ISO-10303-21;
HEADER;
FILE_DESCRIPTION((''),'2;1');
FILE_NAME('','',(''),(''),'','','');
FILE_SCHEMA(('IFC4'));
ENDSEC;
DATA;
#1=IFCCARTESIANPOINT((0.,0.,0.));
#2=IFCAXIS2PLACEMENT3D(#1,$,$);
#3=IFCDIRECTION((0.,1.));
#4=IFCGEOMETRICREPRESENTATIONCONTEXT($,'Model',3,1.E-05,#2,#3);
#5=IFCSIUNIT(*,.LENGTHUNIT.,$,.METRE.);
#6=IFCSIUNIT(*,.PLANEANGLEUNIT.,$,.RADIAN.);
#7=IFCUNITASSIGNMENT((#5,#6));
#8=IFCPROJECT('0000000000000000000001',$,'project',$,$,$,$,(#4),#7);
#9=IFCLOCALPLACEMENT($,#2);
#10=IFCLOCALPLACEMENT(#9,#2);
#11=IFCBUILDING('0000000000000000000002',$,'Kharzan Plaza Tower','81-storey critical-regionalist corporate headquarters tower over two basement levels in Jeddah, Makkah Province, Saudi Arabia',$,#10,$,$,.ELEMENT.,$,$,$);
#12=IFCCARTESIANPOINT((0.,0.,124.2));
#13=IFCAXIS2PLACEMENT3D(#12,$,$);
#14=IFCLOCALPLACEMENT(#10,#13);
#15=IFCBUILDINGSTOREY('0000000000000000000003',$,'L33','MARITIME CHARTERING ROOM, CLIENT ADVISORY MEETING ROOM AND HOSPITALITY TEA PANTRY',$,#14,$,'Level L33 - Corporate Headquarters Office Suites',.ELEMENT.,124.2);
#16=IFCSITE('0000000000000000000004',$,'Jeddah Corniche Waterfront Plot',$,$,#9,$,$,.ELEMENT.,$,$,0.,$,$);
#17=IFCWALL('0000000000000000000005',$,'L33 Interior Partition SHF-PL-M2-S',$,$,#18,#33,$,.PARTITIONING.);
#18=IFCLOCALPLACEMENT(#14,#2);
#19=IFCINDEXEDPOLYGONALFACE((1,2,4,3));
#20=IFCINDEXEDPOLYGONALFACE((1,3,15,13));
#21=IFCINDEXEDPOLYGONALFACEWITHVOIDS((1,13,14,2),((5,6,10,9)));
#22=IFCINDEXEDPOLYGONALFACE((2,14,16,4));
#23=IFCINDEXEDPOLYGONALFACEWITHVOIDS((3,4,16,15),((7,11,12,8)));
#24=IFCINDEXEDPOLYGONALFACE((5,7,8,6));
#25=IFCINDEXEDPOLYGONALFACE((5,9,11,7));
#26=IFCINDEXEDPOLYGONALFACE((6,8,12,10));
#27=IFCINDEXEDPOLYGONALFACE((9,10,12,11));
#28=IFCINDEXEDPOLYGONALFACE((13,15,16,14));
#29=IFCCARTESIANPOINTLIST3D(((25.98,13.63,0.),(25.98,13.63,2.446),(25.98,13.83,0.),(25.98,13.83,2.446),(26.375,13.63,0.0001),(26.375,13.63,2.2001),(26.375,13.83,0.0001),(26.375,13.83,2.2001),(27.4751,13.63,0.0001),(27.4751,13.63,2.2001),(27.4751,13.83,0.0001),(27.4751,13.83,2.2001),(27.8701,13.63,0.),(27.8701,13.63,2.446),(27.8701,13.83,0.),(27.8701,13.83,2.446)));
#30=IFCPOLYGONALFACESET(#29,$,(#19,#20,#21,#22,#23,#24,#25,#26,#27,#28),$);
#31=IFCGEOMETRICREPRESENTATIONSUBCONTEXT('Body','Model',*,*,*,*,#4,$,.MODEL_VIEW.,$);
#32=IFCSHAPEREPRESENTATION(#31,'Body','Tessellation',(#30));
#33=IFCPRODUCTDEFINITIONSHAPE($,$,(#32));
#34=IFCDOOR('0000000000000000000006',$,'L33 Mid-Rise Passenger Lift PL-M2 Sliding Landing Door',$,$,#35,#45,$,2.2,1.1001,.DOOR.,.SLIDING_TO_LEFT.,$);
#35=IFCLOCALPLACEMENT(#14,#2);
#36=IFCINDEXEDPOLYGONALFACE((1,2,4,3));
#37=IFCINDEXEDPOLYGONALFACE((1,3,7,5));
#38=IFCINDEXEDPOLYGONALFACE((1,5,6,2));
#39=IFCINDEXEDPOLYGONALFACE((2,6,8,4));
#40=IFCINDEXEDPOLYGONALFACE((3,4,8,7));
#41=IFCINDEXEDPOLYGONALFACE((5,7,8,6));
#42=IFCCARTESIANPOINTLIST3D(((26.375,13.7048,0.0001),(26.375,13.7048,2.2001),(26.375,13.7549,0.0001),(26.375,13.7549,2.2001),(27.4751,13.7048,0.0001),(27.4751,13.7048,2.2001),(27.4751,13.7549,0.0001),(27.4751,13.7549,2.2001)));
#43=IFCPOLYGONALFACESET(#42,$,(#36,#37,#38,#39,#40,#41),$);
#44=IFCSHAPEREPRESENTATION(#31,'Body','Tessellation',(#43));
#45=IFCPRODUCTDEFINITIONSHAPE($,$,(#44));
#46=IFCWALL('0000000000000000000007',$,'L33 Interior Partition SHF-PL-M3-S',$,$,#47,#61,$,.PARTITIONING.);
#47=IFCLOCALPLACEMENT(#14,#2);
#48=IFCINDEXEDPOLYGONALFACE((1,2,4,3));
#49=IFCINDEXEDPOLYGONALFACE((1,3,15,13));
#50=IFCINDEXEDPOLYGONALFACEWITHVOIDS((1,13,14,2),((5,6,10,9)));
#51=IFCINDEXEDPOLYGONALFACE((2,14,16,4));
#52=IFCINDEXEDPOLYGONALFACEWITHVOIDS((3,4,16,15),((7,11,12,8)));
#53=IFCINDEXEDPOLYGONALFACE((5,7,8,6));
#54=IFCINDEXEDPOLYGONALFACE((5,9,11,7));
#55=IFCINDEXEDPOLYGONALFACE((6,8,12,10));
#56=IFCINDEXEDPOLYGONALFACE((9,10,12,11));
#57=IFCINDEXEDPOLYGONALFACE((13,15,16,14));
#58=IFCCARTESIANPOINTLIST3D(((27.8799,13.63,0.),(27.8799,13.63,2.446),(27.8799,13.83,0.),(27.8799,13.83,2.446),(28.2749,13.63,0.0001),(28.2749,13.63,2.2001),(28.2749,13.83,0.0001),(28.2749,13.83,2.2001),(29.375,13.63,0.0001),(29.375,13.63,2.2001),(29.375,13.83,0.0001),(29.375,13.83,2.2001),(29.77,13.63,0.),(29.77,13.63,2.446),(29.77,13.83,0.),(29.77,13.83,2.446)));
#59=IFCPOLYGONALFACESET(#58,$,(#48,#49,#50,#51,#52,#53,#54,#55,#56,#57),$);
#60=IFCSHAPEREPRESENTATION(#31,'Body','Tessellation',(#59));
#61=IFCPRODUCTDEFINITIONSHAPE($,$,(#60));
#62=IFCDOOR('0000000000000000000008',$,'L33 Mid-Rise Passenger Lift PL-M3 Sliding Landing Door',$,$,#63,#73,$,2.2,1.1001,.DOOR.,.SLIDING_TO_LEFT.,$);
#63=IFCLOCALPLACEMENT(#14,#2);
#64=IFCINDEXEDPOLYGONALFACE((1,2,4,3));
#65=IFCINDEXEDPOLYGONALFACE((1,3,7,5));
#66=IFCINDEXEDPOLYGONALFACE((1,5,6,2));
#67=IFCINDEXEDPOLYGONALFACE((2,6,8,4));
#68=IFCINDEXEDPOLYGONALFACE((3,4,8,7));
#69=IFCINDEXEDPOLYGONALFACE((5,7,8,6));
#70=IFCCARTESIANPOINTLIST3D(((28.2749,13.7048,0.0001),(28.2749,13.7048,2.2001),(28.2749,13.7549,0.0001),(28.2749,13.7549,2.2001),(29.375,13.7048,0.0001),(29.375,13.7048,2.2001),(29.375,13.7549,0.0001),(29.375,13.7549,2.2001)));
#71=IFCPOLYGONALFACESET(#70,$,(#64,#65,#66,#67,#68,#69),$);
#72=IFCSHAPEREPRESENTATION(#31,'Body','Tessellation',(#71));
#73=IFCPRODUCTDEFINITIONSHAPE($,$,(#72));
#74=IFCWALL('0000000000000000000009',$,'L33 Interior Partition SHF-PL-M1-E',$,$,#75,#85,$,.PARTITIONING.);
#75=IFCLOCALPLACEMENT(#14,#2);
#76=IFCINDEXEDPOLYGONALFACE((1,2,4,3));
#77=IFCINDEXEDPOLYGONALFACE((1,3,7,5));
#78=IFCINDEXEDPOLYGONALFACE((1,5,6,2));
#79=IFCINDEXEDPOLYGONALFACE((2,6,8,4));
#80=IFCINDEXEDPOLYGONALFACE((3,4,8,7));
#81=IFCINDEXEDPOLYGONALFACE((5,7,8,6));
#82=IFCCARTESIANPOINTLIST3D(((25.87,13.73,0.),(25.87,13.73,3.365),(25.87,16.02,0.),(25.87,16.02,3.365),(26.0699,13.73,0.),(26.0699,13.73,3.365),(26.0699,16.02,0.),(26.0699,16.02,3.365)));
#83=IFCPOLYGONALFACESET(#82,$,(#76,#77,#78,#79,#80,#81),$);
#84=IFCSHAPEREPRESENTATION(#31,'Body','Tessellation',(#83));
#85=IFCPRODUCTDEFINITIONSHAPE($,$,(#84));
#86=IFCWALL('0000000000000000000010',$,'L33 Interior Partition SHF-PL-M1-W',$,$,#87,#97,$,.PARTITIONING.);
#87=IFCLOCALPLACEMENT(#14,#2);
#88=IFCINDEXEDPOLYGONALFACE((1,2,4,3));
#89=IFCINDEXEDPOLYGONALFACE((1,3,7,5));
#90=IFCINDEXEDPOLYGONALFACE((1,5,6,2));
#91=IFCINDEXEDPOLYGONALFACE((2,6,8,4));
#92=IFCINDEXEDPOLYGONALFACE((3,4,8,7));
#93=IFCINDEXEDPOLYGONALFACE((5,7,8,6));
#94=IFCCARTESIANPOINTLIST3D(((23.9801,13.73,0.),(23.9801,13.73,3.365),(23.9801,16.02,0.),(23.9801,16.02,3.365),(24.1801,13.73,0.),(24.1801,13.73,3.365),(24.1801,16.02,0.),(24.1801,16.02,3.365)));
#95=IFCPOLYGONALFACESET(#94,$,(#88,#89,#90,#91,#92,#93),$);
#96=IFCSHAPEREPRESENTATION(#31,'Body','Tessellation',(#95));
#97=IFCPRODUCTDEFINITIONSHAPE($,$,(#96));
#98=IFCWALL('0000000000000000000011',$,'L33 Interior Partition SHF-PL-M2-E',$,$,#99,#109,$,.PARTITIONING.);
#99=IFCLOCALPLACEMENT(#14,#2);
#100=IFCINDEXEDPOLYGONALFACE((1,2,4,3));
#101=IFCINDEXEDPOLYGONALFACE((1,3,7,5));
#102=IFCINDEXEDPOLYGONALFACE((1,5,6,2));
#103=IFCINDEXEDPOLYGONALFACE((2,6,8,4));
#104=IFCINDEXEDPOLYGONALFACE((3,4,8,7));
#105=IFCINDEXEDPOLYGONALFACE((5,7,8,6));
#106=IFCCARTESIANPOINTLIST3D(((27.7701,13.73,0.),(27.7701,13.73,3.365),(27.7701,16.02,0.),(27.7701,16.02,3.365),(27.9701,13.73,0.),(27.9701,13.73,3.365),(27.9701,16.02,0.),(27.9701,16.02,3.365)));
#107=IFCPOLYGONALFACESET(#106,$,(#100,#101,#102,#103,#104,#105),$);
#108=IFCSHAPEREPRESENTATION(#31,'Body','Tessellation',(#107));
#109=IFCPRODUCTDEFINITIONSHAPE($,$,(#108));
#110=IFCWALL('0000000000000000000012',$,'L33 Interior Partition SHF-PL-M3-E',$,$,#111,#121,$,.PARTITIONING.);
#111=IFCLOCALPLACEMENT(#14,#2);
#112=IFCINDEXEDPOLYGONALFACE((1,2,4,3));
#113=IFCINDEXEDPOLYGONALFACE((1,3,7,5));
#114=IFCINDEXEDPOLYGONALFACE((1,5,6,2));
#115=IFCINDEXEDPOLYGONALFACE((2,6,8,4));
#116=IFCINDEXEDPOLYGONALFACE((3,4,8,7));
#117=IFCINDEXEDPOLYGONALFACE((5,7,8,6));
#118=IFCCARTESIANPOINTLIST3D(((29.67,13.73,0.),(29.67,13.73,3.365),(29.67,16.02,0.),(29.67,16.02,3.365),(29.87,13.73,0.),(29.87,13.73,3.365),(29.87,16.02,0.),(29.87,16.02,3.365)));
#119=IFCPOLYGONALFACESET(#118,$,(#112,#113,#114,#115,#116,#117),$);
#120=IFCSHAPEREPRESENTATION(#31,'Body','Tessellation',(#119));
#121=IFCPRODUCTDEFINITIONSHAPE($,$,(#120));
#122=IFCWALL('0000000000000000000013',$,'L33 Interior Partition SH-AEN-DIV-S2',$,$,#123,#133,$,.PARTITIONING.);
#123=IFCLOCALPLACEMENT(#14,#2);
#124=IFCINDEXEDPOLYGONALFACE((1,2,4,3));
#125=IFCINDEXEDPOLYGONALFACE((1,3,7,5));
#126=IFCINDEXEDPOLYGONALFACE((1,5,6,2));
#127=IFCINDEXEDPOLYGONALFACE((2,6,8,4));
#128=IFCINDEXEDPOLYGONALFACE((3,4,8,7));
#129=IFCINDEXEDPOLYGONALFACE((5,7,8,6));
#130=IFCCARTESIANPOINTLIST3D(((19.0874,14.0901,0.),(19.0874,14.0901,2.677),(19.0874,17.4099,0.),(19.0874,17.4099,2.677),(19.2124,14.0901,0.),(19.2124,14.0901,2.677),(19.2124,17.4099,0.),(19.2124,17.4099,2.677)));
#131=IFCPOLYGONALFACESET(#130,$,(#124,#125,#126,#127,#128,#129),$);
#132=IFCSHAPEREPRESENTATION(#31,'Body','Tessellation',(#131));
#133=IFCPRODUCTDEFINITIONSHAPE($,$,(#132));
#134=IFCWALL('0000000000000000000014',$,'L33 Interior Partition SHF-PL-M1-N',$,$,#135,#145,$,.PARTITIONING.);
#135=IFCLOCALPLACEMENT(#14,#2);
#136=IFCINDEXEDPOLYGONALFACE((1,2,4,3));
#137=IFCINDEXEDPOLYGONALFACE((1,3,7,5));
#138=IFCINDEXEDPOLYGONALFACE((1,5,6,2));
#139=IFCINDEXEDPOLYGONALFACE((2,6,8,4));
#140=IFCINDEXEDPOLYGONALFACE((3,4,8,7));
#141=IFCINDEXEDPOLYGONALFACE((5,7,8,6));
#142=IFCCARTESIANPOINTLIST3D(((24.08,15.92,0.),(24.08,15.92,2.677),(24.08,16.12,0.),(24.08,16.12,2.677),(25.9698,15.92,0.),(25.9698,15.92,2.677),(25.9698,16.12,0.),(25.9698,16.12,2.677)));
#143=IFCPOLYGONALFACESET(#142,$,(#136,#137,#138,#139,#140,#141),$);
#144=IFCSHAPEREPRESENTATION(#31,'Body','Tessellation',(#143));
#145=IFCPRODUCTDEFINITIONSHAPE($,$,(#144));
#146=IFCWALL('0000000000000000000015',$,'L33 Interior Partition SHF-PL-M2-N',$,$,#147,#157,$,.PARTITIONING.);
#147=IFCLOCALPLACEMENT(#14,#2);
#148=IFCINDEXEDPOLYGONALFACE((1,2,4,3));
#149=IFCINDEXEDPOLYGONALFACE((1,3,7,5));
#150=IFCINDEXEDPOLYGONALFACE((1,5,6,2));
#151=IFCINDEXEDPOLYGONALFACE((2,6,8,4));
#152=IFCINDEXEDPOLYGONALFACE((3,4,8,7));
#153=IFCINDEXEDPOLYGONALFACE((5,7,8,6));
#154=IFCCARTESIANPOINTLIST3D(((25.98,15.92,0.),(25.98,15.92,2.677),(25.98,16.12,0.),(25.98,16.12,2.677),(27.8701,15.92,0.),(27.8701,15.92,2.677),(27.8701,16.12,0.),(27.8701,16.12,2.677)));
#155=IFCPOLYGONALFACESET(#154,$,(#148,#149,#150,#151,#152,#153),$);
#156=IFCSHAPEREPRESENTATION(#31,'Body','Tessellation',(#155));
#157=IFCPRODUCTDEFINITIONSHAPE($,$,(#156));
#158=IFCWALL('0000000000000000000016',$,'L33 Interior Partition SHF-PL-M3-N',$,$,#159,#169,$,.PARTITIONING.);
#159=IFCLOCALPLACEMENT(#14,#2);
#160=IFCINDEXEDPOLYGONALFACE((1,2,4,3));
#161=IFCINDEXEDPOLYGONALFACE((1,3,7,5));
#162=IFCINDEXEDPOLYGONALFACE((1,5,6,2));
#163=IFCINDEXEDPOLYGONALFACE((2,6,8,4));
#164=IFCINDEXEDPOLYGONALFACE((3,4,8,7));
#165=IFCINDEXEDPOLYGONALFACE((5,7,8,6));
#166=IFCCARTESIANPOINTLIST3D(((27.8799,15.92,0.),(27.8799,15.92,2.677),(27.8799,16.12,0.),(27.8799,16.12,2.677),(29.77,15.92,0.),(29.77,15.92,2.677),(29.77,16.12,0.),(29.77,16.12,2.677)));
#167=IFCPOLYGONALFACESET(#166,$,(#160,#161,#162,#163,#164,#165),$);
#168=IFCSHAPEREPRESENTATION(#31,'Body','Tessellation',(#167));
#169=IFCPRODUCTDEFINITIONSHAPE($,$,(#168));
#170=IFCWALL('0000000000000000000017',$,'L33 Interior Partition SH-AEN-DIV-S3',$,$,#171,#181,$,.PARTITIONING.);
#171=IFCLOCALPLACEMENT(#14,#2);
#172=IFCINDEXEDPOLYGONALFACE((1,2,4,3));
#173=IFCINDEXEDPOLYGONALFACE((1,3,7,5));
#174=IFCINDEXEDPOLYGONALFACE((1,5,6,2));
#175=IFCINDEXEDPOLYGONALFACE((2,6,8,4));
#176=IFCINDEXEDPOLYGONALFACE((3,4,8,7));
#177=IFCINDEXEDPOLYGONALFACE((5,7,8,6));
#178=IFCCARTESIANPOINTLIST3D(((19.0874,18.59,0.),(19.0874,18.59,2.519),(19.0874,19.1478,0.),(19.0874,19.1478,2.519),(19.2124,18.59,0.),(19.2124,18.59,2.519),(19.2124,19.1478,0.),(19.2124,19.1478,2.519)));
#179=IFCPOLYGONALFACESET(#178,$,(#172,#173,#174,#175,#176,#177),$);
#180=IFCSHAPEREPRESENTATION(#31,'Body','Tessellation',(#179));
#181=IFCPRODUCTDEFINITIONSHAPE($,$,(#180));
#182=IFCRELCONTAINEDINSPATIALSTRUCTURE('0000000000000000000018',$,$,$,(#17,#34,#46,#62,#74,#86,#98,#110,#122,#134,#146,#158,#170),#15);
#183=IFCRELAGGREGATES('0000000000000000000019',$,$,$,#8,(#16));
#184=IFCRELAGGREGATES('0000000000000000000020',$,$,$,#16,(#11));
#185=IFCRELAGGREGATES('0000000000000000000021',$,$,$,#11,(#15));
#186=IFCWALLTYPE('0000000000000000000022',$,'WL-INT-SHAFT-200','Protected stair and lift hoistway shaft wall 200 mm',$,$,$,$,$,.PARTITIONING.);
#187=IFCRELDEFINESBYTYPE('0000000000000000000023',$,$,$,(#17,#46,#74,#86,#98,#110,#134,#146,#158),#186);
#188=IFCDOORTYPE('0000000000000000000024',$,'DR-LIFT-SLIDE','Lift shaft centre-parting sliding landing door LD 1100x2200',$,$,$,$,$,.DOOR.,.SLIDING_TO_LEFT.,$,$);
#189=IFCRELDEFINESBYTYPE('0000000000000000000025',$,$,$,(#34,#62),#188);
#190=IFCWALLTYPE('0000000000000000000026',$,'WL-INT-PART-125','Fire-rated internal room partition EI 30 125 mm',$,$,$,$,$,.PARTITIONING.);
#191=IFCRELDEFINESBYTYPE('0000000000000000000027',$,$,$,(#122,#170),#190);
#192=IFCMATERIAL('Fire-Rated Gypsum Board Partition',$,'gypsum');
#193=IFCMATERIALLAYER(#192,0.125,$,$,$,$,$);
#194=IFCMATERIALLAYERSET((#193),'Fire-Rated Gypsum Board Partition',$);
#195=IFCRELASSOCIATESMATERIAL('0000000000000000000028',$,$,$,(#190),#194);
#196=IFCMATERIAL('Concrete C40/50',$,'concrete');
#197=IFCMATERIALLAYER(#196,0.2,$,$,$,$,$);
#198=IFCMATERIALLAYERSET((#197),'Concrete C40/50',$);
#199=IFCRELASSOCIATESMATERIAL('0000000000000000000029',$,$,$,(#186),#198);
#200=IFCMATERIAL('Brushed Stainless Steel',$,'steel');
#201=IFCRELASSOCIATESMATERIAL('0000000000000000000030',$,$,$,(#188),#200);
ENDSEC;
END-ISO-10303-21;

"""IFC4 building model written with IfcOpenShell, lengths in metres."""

from ifc_helpers import new_model, si_unit, direction, frame, frame_2d, origin, place, context, subcontext, project, spatial, rectangle, extrude, source, transform, mapped, material, layer, layer_set, type_object, element, fill, save


model = new_model("IFC4")

# Units and contexts
model_context = context("Model", 3, precision=1e-05, world=origin(), true_north=direction((0.0, 1.0)))
body_context = subcontext(model_context, "Body", "Model", "MODEL_VIEW")
ifc_project = project(units=[si_unit("LENGTHUNIT", "METRE"), si_unit("PLANEANGLEUNIT", "RADIAN")], contexts=[model_context])

# Site, building, storey
site_placement = place(None, origin())
site = spatial("IfcSite", under=ifc_project, at=site_placement, Name="Jeddah Corniche Waterfront Plot", CompositionType="ELEMENT", RefElevation=0.0)
building_placement = place(site_placement, origin())
building = spatial("IfcBuilding", under=site, at=building_placement, Name="Kharzan Plaza Tower", Description="81-storey critical-regionalist corporate headquarters tower over two basement levels in Jeddah, Makkah Province, Saudi Arabia", CompositionType="ELEMENT")
storey_placement = place(building_placement, frame((0.0, 0.0, 124.2)))
storey = spatial("IfcBuildingStorey", under=building, at=storey_placement, Name="L33", Description="MARITIME CHARTERING ROOM, CLIENT ADVISORY MEETING ROOM AND HOSPITALITY TEA PANTRY", LongName="Level L33 - Corporate Headquarters Office Suites", CompositionType="ELEMENT", Elevation=124.2)

# Shared definitions
ifc_material_1 = material(Name="Concrete C40/50", Category="concrete")

# Walls, openings, doors
ifc_material_2 = material(Name="Fire-Rated Gypsum Board Partition", Category="gypsum")
ifc_layer_1 = layer(ifc_material_2, 0.125)
ifc_layer_set_1 = layer_set([ifc_layer_1], Name="Fire-Rated Gypsum Board Partition")
wall_type_1 = type_object("IfcWallType", Name="WL-INT-PART-125", Description="Fire-rated internal room partition EI 30 125 mm", PredefinedType="PARTITIONING", material=ifc_layer_set_1)
ifc_layer_2 = layer(ifc_material_1, 0.2)
ifc_layer_set_2 = layer_set([ifc_layer_2], Name="Concrete C40/50")
wall_type_2 = type_object("IfcWallType", Name="WL-INT-SHAFT-200", Description="Protected stair and lift hoistway shaft wall 200 mm", PredefinedType="PARTITIONING", material=ifc_layer_set_2)
ifc_material_3 = material(Name="Brushed Stainless Steel", Category="steel")
door_type_1 = type_object("IfcDoorType", Name="DR-LIFT-SLIDE", Description="Lift shaft centre-parting sliding landing door LD 1100x2200", OperationType="SLIDING_TO_LEFT", PredefinedType="DOOR", material=ifc_material_3)
shared_shape_1 = source(origin(), body_context, "Body", "SweptSolid", [
    extrude(rectangle(XDim=1.1001, YDim=2.2, at=frame_2d((0.55, 1.1001))), frame((0.0, 0.0249, 0.0), z_axis=(0.0, -1.0, 0.0), x_axis=(1.0, 0.0, 0.0)), (0.0, 0.0, 1.0), 0.05),
])
wall_1_placement = place(storey_placement, frame((25.98, 13.73, 0.0), z_axis=(0.0, 0.0, 1.0), x_axis=(1.0, 0.0, 0.0)))
wall_1 = element("IfcWall", 1, at=wall_1_placement, inside=storey, type_object=wall_type_2, Name="L33 Interior Partition SHF-PL-M2-S", PredefinedType="PARTITIONING", context=body_context, shape_type="SweptSolid", body=[
    extrude(rectangle(XDim=1.8901, YDim=0.2, at=frame_2d((0.9451, 0.0))), origin(), (0.0, 0.0, 1.0), 2.446),
])
opening_1_placement = place(wall_1_placement, frame((0.395, 0.0, 0.0)))
opening_1 = element("IfcOpeningElement", 2, at=opening_1_placement, cuts=wall_1, PredefinedType="OPENING", context=body_context, shape_type="SweptSolid", body=[
    extrude(rectangle(XDim=1.1001, YDim=2.2, at=frame_2d((0.55, 1.1001))), frame((0.0, 0.1099, 0.0), z_axis=(0.0, -1.0, 0.0), x_axis=(1.0, 0.0, 0.0)), (0.0, 0.0, 1.0), 0.22),
])
door_1_placement = place(opening_1_placement, origin())
door_1 = element("IfcDoor", 3, at=door_1_placement, inside=storey, type_object=door_type_1, Name="L33 Mid-Rise Passenger Lift PL-M2 Sliding Landing Door", OperationType="SLIDING_TO_LEFT", OverallHeight=2.2, OverallWidth=1.1001, PredefinedType="DOOR", context=body_context, shape_type="MappedRepresentation", body=[
    mapped(shared_shape_1, transform((0.0, 0.0, 0.0), x_axis=(1.0, 0.0, 0.0), y_axis=(0.0, 1.0, 0.0), z_axis=(0.0, 0.0, 1.0))),
])
fill(opening_1, door_1)
wall_2_placement = place(storey_placement, frame((27.8799, 13.73, 0.0), z_axis=(0.0, 0.0, 1.0), x_axis=(1.0, 0.0, 0.0)))
wall_2 = element("IfcWall", 4, at=wall_2_placement, inside=storey, type_object=wall_type_2, Name="L33 Interior Partition SHF-PL-M3-S", PredefinedType="PARTITIONING", context=body_context, shape_type="SweptSolid", body=[
    extrude(rectangle(XDim=1.8901, YDim=0.2, at=frame_2d((0.9451, 0.0))), origin(), (0.0, 0.0, 1.0), 2.446),
])
opening_2_placement = place(wall_2_placement, frame((0.395, 0.0, 0.0)))
opening_2 = element("IfcOpeningElement", 5, at=opening_2_placement, cuts=wall_2, PredefinedType="OPENING", context=body_context, shape_type="SweptSolid", body=[
    extrude(rectangle(XDim=1.1001, YDim=2.2, at=frame_2d((0.55, 1.1001))), frame((0.0, 0.1099, 0.0), z_axis=(0.0, -1.0, 0.0), x_axis=(1.0, 0.0, 0.0)), (0.0, 0.0, 1.0), 0.22),
])
door_2_placement = place(opening_2_placement, origin())
door_2 = element("IfcDoor", 6, at=door_2_placement, inside=storey, type_object=door_type_1, Name="L33 Mid-Rise Passenger Lift PL-M3 Sliding Landing Door", OperationType="SLIDING_TO_LEFT", OverallHeight=2.2, OverallWidth=1.1001, PredefinedType="DOOR", context=body_context, shape_type="MappedRepresentation", body=[
    mapped(shared_shape_1, transform((0.0, 0.0, 0.0), x_axis=(1.0, 0.0, 0.0), y_axis=(0.0, 1.0, 0.0), z_axis=(0.0, 0.0, 1.0))),
])
fill(opening_2, door_2)

# Walls
shared_shape_2 = source(origin(), body_context, "Body", "SweptSolid", [
    extrude(rectangle(XDim=2.29, YDim=0.2, at=frame_2d((1.145, 0.0))), origin(), (0.0, 0.0, 1.0), 3.365),
])
for number, where, z_axis, x_axis, name in (
    (7, (25.97, 13.73, 0.0), (0.0, 0.0, 1.0), (0.0, 1.0, 0.0), "L33 Interior Partition SHF-PL-M1-E"),
    (8, (24.0801, 13.73, 0.0), (0.0, 0.0, 1.0), (0.0, 1.0, 0.0), "L33 Interior Partition SHF-PL-M1-W"),
    (9, (27.8701, 13.73, 0.0), (0.0, 0.0, 1.0), (0.0, 1.0, 0.0), "L33 Interior Partition SHF-PL-M2-E"),
    (10, (29.77, 13.73, 0.0), (0.0, 0.0, 1.0), (0.0, 1.0, 0.0), "L33 Interior Partition SHF-PL-M3-E"),
):
    element("IfcWall", number, at=place(storey_placement, frame(where, z_axis=z_axis, x_axis=x_axis)), inside=storey, type_object=wall_type_2, Name=name, PredefinedType="PARTITIONING", context=body_context, shape_type="MappedRepresentation", body=[
        mapped(shared_shape_2, transform((0.0, 0.0, 0.0), x_axis=(1.0, 0.0, 0.0), y_axis=(0.0, 1.0, 0.0), z_axis=(0.0, 0.0, 1.0))),
    ])
shared_shape_3 = source(origin(), body_context, "Body", "SweptSolid", [
    extrude(rectangle(XDim=3.3198, YDim=0.125, at=frame_2d((1.6599, 0.0))), origin(), (0.0, 0.0, 1.0), 2.677),
])
wall_3_placement = place(storey_placement, frame((19.1499, 14.0901, 0.0), z_axis=(0.0, 0.0, 1.0), x_axis=(0.0, 1.0, 0.0)))
element("IfcWall", 11, at=wall_3_placement, inside=storey, type_object=wall_type_1, Name="L33 Interior Partition SH-AEN-DIV-S2", PredefinedType="PARTITIONING", context=body_context, shape_type="MappedRepresentation", body=[
    mapped(shared_shape_3, transform((0.0, 0.0, 0.0), x_axis=(1.0, 0.0, 0.0), y_axis=(0.0, 1.0, 0.0), z_axis=(0.0, 0.0, 1.0))),
])
shared_shape_4 = source(origin(), body_context, "Body", "SweptSolid", [
    extrude(rectangle(XDim=1.8899, YDim=0.2, at=frame_2d((0.9448, 0.0))), origin(), (0.0, 0.0, 1.0), 2.677),
])
wall_4_placement = place(storey_placement, frame((24.0801, 16.02, 0.0), z_axis=(0.0, 0.0, 1.0), x_axis=(1.0, 0.0, 0.0)))
element("IfcWall", 12, at=wall_4_placement, inside=storey, type_object=wall_type_2, Name="L33 Interior Partition SHF-PL-M1-N", PredefinedType="PARTITIONING", context=body_context, shape_type="MappedRepresentation", body=[
    mapped(shared_shape_4, transform((0.0, 0.0, 0.0), x_axis=(1.0, 0.0, 0.0), y_axis=(0.0, 1.0, 0.0), z_axis=(0.0, 0.0, 1.0))),
])
shared_shape_5 = source(origin(), body_context, "Body", "SweptSolid", [
    extrude(rectangle(XDim=1.8901, YDim=0.2, at=frame_2d((0.9451, 0.0))), origin(), (0.0, 0.0, 1.0), 2.677),
])
for number, where, z_axis, x_axis, name in (
    (13, (25.98, 16.02, 0.0), (0.0, 0.0, 1.0), (1.0, 0.0, 0.0), "L33 Interior Partition SHF-PL-M2-N"),
    (14, (27.8799, 16.02, 0.0), (0.0, 0.0, 1.0), (1.0, 0.0, 0.0), "L33 Interior Partition SHF-PL-M3-N"),
):
    element("IfcWall", number, at=place(storey_placement, frame(where, z_axis=z_axis, x_axis=x_axis)), inside=storey, type_object=wall_type_2, Name=name, PredefinedType="PARTITIONING", context=body_context, shape_type="MappedRepresentation", body=[
        mapped(shared_shape_5, transform((0.0, 0.0, 0.0), x_axis=(1.0, 0.0, 0.0), y_axis=(0.0, 1.0, 0.0), z_axis=(0.0, 0.0, 1.0))),
    ])
shared_shape_6 = source(origin(), body_context, "Body", "SweptSolid", [
    extrude(rectangle(XDim=0.5579, YDim=0.125, at=frame_2d((0.2788, 0.0))), origin(), (0.0, 0.0, 1.0), 2.519),
])
wall_5_placement = place(storey_placement, frame((19.1499, 18.5901, 0.0), z_axis=(0.0, 0.0, 1.0), x_axis=(0.0, 1.0, 0.0)))
element("IfcWall", 15, at=wall_5_placement, inside=storey, type_object=wall_type_1, Name="L33 Interior Partition SH-AEN-DIV-S3", PredefinedType="PARTITIONING", context=body_context, shape_type="MappedRepresentation", body=[
    mapped(shared_shape_6, transform((0.0, 0.0, 0.0), x_axis=(1.0, 0.0, 0.0), y_axis=(0.0, 1.0, 0.0), z_axis=(0.0, 0.0, 1.0))),
])

save(model, "model.ifc")
